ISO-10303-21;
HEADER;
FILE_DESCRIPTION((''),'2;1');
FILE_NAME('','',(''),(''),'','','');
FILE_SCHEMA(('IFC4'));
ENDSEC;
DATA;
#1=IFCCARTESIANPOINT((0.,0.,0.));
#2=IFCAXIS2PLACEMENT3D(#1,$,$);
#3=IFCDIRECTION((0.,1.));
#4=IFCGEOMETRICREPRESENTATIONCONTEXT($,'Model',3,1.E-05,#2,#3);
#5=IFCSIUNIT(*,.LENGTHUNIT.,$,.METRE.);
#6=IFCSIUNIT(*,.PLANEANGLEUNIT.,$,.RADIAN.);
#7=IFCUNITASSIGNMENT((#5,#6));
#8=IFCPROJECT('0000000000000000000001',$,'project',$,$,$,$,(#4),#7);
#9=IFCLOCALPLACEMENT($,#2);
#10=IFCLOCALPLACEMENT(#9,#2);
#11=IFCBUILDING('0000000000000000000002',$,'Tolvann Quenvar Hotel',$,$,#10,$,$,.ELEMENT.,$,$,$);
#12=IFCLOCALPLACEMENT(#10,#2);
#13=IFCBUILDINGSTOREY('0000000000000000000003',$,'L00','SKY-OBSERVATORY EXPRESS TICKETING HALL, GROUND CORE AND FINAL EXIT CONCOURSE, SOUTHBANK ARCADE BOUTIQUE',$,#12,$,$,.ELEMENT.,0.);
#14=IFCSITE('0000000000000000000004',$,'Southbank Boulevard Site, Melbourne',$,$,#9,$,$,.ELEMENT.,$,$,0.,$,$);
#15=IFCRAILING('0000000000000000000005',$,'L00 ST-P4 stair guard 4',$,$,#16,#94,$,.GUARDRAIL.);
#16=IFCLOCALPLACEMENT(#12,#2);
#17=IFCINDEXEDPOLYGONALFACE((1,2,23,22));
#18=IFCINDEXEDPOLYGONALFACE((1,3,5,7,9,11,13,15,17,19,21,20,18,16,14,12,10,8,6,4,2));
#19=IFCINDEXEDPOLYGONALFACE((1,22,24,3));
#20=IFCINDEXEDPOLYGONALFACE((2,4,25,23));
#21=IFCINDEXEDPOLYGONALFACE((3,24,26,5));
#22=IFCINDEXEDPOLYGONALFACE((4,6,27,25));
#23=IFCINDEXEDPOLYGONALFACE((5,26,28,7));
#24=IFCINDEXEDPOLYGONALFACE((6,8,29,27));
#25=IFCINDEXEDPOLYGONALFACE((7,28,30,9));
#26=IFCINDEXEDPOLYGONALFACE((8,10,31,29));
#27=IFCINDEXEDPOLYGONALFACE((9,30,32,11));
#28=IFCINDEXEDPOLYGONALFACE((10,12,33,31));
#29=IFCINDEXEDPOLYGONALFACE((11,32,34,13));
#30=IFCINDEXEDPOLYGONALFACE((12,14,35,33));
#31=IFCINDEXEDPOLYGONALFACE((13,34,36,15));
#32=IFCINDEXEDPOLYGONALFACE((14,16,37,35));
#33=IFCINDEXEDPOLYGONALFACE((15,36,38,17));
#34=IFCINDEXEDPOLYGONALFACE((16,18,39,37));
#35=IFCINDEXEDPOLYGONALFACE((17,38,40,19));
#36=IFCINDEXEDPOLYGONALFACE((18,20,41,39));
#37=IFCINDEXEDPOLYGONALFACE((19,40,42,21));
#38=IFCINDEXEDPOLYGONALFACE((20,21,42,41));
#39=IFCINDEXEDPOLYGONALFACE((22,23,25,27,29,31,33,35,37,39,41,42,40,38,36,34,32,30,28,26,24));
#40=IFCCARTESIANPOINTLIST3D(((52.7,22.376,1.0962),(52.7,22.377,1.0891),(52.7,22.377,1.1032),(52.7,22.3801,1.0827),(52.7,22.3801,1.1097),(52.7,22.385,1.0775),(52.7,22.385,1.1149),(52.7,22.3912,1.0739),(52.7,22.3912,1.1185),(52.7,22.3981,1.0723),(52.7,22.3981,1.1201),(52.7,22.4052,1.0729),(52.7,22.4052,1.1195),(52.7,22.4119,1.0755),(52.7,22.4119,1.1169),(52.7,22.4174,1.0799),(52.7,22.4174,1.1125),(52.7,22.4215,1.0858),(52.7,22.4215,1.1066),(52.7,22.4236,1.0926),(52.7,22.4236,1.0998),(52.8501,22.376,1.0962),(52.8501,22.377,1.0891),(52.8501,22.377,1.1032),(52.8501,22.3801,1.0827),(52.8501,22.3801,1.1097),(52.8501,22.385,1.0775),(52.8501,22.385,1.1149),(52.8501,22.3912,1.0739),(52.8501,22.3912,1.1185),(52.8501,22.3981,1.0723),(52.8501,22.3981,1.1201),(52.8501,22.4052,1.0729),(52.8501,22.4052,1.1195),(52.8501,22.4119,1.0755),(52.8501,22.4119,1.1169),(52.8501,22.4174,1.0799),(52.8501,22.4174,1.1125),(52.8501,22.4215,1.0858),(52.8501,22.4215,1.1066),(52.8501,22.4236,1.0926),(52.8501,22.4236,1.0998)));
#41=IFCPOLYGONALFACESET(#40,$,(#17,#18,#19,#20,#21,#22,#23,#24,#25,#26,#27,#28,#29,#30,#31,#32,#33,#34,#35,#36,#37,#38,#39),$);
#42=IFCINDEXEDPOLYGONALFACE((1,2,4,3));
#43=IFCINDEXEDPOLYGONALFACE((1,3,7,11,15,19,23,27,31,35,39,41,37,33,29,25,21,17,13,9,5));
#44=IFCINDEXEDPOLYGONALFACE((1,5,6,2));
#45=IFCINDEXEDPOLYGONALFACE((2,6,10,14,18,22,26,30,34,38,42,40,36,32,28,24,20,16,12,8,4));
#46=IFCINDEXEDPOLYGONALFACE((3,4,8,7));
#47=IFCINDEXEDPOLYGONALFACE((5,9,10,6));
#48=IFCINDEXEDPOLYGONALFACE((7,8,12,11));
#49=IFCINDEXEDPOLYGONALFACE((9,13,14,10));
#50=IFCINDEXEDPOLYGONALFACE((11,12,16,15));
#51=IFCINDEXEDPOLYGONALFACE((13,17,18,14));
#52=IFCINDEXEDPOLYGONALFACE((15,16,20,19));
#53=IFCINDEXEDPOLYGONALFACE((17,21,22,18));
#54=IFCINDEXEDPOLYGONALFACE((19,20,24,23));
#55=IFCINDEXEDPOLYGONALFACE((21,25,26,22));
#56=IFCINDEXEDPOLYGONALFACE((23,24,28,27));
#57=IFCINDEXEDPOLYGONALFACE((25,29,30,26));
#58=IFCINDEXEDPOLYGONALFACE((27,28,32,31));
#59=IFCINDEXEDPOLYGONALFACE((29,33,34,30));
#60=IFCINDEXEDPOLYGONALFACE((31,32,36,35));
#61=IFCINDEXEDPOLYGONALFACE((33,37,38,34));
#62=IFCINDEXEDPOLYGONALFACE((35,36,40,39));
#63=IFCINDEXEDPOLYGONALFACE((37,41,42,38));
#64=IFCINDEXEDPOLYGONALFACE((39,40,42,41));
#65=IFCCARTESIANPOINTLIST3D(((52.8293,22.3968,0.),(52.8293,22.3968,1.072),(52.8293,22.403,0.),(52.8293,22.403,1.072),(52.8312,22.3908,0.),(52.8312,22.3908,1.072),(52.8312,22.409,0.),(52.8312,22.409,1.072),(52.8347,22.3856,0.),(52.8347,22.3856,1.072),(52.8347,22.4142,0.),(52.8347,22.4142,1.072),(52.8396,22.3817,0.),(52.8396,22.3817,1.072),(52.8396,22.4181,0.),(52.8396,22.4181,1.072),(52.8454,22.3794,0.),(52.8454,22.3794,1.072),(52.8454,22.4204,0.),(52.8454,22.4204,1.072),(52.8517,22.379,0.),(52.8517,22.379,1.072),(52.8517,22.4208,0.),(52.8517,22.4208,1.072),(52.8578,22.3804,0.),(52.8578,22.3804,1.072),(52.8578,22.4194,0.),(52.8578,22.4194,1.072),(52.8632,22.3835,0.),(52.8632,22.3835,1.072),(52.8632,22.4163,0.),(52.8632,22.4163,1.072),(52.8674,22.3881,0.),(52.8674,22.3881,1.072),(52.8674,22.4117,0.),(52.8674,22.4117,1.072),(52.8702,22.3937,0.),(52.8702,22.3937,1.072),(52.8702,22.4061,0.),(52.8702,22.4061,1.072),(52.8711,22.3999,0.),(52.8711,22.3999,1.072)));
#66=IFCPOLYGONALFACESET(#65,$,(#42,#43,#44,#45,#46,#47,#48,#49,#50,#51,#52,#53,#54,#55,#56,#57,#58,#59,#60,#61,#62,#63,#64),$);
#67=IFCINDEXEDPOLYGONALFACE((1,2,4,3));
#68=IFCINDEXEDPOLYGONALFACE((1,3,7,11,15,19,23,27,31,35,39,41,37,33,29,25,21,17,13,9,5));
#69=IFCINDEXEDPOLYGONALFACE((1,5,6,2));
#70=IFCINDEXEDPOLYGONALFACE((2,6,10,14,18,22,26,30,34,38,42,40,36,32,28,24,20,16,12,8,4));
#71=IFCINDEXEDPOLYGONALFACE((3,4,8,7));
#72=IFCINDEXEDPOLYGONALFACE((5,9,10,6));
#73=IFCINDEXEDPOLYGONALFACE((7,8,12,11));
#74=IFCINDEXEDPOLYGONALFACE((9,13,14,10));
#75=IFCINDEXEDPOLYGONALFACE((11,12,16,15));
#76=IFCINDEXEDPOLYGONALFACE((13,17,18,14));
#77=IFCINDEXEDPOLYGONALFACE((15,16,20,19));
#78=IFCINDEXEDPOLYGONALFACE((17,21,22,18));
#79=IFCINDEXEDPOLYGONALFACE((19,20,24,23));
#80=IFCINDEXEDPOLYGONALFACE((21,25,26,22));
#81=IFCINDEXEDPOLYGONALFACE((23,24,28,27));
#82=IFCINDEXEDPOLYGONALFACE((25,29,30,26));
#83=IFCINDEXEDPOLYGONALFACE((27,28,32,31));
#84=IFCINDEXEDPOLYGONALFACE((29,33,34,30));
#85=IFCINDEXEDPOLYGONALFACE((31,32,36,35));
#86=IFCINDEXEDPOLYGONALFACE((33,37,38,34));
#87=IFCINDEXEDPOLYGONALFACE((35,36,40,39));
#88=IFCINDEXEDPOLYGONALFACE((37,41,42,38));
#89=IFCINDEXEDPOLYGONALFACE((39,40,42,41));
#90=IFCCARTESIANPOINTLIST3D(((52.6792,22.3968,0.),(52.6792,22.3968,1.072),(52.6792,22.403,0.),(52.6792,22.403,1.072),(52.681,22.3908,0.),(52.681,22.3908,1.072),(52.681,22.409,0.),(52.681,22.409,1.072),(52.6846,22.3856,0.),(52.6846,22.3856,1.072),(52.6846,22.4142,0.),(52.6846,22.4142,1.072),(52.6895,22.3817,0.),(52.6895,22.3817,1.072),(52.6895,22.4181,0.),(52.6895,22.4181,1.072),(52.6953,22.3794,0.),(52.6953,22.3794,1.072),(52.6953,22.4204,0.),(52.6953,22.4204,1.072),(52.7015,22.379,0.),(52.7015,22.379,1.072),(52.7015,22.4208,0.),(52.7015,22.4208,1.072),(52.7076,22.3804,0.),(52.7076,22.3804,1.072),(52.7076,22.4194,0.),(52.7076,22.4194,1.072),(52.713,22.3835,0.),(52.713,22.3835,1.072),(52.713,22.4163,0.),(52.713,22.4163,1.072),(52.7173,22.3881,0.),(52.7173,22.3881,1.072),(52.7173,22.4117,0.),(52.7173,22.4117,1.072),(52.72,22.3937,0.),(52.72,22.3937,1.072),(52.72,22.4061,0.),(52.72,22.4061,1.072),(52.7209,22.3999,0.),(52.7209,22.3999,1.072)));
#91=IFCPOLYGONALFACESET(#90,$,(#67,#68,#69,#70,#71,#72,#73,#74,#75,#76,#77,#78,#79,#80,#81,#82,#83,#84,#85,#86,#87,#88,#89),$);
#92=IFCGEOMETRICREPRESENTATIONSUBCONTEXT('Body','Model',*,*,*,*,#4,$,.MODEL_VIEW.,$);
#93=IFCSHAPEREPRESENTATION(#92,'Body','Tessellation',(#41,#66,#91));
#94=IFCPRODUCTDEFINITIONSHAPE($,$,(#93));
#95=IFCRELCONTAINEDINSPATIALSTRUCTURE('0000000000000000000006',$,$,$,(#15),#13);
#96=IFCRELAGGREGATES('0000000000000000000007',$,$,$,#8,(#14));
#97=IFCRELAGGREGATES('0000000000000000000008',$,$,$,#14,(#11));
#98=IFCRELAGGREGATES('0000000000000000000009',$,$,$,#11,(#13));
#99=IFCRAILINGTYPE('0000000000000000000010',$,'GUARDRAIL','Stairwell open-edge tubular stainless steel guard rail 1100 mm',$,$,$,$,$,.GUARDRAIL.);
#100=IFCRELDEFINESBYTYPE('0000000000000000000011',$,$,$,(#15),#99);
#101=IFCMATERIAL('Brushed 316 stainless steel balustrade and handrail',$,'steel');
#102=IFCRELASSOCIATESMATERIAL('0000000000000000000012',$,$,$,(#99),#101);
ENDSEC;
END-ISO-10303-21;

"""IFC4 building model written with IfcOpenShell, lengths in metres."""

from ifc_helpers import new_model, si_unit, direction, frame, origin, origin_2d, place, context, subcontext, project, spatial, circle, extrude, material, type_object, element, save


model = new_model("IFC4")

# Units and contexts
model_context = context("Model", 3, precision=1e-05, world=origin(), true_north=direction((0.0, 1.0)))
body_context = subcontext(model_context, "Body", "Model", "MODEL_VIEW")
ifc_project = project(units=[si_unit("LENGTHUNIT", "METRE"), si_unit("PLANEANGLEUNIT", "RADIAN")], contexts=[model_context])

# Site, building, storey
site_placement = place(None, origin())
site = spatial("IfcSite", under=ifc_project, at=site_placement, Name="Southbank Boulevard Site, Melbourne", CompositionType="ELEMENT", RefElevation=0.0)
building_placement = place(site_placement, origin())
building = spatial("IfcBuilding", under=site, at=building_placement, Name="Tolvann Quenvar Hotel", CompositionType="ELEMENT")
storey_placement = place(building_placement, origin())
storey = spatial("IfcBuildingStorey", under=building, at=storey_placement, Name="L00", Description="SKY-OBSERVATORY EXPRESS TICKETING HALL, GROUND CORE AND FINAL EXIT CONCOURSE, SOUTHBANK ARCADE BOUTIQUE", CompositionType="ELEMENT", Elevation=0.0)

# Railing
ifc_material_1 = material(Name="Brushed 316 stainless steel balustrade and handrail", Category="steel")
railing_type_1 = type_object("IfcRailingType", Name="GUARDRAIL", Description="Stairwell open-edge tubular stainless steel guard rail 1100 mm", PredefinedType="GUARDRAIL", material=ifc_material_1)
railing_1_placement = place(storey_placement, frame((52.8501, 22.3999, 0.0)))
element("IfcRailing", 1, at=railing_1_placement, inside=storey, type_object=railing_type_1, Name="L00 ST-P4 stair guard 4", PredefinedType="GUARDRAIL", context=body_context, shape_type="SweptSolid", body=[
    extrude(circle(Radius=0.0239, at=origin_2d()), frame((0.0, 0.0, 1.0962), z_axis=(-1.0, 0.0, 0.0), x_axis=(0.0, -1.0, 0.0)), (0.0, 0.0, 1.0), 0.1501),
    extrude(circle(Radius=0.021, at=origin_2d()), origin(), (0.0, 0.0, 1.0), 1.072),
    extrude(circle(Radius=0.021, at=origin_2d()), frame((-0.1501, 0.0, 0.0)), (0.0, 0.0, 1.0), 1.072),
])

save(model, "model.ifc")
